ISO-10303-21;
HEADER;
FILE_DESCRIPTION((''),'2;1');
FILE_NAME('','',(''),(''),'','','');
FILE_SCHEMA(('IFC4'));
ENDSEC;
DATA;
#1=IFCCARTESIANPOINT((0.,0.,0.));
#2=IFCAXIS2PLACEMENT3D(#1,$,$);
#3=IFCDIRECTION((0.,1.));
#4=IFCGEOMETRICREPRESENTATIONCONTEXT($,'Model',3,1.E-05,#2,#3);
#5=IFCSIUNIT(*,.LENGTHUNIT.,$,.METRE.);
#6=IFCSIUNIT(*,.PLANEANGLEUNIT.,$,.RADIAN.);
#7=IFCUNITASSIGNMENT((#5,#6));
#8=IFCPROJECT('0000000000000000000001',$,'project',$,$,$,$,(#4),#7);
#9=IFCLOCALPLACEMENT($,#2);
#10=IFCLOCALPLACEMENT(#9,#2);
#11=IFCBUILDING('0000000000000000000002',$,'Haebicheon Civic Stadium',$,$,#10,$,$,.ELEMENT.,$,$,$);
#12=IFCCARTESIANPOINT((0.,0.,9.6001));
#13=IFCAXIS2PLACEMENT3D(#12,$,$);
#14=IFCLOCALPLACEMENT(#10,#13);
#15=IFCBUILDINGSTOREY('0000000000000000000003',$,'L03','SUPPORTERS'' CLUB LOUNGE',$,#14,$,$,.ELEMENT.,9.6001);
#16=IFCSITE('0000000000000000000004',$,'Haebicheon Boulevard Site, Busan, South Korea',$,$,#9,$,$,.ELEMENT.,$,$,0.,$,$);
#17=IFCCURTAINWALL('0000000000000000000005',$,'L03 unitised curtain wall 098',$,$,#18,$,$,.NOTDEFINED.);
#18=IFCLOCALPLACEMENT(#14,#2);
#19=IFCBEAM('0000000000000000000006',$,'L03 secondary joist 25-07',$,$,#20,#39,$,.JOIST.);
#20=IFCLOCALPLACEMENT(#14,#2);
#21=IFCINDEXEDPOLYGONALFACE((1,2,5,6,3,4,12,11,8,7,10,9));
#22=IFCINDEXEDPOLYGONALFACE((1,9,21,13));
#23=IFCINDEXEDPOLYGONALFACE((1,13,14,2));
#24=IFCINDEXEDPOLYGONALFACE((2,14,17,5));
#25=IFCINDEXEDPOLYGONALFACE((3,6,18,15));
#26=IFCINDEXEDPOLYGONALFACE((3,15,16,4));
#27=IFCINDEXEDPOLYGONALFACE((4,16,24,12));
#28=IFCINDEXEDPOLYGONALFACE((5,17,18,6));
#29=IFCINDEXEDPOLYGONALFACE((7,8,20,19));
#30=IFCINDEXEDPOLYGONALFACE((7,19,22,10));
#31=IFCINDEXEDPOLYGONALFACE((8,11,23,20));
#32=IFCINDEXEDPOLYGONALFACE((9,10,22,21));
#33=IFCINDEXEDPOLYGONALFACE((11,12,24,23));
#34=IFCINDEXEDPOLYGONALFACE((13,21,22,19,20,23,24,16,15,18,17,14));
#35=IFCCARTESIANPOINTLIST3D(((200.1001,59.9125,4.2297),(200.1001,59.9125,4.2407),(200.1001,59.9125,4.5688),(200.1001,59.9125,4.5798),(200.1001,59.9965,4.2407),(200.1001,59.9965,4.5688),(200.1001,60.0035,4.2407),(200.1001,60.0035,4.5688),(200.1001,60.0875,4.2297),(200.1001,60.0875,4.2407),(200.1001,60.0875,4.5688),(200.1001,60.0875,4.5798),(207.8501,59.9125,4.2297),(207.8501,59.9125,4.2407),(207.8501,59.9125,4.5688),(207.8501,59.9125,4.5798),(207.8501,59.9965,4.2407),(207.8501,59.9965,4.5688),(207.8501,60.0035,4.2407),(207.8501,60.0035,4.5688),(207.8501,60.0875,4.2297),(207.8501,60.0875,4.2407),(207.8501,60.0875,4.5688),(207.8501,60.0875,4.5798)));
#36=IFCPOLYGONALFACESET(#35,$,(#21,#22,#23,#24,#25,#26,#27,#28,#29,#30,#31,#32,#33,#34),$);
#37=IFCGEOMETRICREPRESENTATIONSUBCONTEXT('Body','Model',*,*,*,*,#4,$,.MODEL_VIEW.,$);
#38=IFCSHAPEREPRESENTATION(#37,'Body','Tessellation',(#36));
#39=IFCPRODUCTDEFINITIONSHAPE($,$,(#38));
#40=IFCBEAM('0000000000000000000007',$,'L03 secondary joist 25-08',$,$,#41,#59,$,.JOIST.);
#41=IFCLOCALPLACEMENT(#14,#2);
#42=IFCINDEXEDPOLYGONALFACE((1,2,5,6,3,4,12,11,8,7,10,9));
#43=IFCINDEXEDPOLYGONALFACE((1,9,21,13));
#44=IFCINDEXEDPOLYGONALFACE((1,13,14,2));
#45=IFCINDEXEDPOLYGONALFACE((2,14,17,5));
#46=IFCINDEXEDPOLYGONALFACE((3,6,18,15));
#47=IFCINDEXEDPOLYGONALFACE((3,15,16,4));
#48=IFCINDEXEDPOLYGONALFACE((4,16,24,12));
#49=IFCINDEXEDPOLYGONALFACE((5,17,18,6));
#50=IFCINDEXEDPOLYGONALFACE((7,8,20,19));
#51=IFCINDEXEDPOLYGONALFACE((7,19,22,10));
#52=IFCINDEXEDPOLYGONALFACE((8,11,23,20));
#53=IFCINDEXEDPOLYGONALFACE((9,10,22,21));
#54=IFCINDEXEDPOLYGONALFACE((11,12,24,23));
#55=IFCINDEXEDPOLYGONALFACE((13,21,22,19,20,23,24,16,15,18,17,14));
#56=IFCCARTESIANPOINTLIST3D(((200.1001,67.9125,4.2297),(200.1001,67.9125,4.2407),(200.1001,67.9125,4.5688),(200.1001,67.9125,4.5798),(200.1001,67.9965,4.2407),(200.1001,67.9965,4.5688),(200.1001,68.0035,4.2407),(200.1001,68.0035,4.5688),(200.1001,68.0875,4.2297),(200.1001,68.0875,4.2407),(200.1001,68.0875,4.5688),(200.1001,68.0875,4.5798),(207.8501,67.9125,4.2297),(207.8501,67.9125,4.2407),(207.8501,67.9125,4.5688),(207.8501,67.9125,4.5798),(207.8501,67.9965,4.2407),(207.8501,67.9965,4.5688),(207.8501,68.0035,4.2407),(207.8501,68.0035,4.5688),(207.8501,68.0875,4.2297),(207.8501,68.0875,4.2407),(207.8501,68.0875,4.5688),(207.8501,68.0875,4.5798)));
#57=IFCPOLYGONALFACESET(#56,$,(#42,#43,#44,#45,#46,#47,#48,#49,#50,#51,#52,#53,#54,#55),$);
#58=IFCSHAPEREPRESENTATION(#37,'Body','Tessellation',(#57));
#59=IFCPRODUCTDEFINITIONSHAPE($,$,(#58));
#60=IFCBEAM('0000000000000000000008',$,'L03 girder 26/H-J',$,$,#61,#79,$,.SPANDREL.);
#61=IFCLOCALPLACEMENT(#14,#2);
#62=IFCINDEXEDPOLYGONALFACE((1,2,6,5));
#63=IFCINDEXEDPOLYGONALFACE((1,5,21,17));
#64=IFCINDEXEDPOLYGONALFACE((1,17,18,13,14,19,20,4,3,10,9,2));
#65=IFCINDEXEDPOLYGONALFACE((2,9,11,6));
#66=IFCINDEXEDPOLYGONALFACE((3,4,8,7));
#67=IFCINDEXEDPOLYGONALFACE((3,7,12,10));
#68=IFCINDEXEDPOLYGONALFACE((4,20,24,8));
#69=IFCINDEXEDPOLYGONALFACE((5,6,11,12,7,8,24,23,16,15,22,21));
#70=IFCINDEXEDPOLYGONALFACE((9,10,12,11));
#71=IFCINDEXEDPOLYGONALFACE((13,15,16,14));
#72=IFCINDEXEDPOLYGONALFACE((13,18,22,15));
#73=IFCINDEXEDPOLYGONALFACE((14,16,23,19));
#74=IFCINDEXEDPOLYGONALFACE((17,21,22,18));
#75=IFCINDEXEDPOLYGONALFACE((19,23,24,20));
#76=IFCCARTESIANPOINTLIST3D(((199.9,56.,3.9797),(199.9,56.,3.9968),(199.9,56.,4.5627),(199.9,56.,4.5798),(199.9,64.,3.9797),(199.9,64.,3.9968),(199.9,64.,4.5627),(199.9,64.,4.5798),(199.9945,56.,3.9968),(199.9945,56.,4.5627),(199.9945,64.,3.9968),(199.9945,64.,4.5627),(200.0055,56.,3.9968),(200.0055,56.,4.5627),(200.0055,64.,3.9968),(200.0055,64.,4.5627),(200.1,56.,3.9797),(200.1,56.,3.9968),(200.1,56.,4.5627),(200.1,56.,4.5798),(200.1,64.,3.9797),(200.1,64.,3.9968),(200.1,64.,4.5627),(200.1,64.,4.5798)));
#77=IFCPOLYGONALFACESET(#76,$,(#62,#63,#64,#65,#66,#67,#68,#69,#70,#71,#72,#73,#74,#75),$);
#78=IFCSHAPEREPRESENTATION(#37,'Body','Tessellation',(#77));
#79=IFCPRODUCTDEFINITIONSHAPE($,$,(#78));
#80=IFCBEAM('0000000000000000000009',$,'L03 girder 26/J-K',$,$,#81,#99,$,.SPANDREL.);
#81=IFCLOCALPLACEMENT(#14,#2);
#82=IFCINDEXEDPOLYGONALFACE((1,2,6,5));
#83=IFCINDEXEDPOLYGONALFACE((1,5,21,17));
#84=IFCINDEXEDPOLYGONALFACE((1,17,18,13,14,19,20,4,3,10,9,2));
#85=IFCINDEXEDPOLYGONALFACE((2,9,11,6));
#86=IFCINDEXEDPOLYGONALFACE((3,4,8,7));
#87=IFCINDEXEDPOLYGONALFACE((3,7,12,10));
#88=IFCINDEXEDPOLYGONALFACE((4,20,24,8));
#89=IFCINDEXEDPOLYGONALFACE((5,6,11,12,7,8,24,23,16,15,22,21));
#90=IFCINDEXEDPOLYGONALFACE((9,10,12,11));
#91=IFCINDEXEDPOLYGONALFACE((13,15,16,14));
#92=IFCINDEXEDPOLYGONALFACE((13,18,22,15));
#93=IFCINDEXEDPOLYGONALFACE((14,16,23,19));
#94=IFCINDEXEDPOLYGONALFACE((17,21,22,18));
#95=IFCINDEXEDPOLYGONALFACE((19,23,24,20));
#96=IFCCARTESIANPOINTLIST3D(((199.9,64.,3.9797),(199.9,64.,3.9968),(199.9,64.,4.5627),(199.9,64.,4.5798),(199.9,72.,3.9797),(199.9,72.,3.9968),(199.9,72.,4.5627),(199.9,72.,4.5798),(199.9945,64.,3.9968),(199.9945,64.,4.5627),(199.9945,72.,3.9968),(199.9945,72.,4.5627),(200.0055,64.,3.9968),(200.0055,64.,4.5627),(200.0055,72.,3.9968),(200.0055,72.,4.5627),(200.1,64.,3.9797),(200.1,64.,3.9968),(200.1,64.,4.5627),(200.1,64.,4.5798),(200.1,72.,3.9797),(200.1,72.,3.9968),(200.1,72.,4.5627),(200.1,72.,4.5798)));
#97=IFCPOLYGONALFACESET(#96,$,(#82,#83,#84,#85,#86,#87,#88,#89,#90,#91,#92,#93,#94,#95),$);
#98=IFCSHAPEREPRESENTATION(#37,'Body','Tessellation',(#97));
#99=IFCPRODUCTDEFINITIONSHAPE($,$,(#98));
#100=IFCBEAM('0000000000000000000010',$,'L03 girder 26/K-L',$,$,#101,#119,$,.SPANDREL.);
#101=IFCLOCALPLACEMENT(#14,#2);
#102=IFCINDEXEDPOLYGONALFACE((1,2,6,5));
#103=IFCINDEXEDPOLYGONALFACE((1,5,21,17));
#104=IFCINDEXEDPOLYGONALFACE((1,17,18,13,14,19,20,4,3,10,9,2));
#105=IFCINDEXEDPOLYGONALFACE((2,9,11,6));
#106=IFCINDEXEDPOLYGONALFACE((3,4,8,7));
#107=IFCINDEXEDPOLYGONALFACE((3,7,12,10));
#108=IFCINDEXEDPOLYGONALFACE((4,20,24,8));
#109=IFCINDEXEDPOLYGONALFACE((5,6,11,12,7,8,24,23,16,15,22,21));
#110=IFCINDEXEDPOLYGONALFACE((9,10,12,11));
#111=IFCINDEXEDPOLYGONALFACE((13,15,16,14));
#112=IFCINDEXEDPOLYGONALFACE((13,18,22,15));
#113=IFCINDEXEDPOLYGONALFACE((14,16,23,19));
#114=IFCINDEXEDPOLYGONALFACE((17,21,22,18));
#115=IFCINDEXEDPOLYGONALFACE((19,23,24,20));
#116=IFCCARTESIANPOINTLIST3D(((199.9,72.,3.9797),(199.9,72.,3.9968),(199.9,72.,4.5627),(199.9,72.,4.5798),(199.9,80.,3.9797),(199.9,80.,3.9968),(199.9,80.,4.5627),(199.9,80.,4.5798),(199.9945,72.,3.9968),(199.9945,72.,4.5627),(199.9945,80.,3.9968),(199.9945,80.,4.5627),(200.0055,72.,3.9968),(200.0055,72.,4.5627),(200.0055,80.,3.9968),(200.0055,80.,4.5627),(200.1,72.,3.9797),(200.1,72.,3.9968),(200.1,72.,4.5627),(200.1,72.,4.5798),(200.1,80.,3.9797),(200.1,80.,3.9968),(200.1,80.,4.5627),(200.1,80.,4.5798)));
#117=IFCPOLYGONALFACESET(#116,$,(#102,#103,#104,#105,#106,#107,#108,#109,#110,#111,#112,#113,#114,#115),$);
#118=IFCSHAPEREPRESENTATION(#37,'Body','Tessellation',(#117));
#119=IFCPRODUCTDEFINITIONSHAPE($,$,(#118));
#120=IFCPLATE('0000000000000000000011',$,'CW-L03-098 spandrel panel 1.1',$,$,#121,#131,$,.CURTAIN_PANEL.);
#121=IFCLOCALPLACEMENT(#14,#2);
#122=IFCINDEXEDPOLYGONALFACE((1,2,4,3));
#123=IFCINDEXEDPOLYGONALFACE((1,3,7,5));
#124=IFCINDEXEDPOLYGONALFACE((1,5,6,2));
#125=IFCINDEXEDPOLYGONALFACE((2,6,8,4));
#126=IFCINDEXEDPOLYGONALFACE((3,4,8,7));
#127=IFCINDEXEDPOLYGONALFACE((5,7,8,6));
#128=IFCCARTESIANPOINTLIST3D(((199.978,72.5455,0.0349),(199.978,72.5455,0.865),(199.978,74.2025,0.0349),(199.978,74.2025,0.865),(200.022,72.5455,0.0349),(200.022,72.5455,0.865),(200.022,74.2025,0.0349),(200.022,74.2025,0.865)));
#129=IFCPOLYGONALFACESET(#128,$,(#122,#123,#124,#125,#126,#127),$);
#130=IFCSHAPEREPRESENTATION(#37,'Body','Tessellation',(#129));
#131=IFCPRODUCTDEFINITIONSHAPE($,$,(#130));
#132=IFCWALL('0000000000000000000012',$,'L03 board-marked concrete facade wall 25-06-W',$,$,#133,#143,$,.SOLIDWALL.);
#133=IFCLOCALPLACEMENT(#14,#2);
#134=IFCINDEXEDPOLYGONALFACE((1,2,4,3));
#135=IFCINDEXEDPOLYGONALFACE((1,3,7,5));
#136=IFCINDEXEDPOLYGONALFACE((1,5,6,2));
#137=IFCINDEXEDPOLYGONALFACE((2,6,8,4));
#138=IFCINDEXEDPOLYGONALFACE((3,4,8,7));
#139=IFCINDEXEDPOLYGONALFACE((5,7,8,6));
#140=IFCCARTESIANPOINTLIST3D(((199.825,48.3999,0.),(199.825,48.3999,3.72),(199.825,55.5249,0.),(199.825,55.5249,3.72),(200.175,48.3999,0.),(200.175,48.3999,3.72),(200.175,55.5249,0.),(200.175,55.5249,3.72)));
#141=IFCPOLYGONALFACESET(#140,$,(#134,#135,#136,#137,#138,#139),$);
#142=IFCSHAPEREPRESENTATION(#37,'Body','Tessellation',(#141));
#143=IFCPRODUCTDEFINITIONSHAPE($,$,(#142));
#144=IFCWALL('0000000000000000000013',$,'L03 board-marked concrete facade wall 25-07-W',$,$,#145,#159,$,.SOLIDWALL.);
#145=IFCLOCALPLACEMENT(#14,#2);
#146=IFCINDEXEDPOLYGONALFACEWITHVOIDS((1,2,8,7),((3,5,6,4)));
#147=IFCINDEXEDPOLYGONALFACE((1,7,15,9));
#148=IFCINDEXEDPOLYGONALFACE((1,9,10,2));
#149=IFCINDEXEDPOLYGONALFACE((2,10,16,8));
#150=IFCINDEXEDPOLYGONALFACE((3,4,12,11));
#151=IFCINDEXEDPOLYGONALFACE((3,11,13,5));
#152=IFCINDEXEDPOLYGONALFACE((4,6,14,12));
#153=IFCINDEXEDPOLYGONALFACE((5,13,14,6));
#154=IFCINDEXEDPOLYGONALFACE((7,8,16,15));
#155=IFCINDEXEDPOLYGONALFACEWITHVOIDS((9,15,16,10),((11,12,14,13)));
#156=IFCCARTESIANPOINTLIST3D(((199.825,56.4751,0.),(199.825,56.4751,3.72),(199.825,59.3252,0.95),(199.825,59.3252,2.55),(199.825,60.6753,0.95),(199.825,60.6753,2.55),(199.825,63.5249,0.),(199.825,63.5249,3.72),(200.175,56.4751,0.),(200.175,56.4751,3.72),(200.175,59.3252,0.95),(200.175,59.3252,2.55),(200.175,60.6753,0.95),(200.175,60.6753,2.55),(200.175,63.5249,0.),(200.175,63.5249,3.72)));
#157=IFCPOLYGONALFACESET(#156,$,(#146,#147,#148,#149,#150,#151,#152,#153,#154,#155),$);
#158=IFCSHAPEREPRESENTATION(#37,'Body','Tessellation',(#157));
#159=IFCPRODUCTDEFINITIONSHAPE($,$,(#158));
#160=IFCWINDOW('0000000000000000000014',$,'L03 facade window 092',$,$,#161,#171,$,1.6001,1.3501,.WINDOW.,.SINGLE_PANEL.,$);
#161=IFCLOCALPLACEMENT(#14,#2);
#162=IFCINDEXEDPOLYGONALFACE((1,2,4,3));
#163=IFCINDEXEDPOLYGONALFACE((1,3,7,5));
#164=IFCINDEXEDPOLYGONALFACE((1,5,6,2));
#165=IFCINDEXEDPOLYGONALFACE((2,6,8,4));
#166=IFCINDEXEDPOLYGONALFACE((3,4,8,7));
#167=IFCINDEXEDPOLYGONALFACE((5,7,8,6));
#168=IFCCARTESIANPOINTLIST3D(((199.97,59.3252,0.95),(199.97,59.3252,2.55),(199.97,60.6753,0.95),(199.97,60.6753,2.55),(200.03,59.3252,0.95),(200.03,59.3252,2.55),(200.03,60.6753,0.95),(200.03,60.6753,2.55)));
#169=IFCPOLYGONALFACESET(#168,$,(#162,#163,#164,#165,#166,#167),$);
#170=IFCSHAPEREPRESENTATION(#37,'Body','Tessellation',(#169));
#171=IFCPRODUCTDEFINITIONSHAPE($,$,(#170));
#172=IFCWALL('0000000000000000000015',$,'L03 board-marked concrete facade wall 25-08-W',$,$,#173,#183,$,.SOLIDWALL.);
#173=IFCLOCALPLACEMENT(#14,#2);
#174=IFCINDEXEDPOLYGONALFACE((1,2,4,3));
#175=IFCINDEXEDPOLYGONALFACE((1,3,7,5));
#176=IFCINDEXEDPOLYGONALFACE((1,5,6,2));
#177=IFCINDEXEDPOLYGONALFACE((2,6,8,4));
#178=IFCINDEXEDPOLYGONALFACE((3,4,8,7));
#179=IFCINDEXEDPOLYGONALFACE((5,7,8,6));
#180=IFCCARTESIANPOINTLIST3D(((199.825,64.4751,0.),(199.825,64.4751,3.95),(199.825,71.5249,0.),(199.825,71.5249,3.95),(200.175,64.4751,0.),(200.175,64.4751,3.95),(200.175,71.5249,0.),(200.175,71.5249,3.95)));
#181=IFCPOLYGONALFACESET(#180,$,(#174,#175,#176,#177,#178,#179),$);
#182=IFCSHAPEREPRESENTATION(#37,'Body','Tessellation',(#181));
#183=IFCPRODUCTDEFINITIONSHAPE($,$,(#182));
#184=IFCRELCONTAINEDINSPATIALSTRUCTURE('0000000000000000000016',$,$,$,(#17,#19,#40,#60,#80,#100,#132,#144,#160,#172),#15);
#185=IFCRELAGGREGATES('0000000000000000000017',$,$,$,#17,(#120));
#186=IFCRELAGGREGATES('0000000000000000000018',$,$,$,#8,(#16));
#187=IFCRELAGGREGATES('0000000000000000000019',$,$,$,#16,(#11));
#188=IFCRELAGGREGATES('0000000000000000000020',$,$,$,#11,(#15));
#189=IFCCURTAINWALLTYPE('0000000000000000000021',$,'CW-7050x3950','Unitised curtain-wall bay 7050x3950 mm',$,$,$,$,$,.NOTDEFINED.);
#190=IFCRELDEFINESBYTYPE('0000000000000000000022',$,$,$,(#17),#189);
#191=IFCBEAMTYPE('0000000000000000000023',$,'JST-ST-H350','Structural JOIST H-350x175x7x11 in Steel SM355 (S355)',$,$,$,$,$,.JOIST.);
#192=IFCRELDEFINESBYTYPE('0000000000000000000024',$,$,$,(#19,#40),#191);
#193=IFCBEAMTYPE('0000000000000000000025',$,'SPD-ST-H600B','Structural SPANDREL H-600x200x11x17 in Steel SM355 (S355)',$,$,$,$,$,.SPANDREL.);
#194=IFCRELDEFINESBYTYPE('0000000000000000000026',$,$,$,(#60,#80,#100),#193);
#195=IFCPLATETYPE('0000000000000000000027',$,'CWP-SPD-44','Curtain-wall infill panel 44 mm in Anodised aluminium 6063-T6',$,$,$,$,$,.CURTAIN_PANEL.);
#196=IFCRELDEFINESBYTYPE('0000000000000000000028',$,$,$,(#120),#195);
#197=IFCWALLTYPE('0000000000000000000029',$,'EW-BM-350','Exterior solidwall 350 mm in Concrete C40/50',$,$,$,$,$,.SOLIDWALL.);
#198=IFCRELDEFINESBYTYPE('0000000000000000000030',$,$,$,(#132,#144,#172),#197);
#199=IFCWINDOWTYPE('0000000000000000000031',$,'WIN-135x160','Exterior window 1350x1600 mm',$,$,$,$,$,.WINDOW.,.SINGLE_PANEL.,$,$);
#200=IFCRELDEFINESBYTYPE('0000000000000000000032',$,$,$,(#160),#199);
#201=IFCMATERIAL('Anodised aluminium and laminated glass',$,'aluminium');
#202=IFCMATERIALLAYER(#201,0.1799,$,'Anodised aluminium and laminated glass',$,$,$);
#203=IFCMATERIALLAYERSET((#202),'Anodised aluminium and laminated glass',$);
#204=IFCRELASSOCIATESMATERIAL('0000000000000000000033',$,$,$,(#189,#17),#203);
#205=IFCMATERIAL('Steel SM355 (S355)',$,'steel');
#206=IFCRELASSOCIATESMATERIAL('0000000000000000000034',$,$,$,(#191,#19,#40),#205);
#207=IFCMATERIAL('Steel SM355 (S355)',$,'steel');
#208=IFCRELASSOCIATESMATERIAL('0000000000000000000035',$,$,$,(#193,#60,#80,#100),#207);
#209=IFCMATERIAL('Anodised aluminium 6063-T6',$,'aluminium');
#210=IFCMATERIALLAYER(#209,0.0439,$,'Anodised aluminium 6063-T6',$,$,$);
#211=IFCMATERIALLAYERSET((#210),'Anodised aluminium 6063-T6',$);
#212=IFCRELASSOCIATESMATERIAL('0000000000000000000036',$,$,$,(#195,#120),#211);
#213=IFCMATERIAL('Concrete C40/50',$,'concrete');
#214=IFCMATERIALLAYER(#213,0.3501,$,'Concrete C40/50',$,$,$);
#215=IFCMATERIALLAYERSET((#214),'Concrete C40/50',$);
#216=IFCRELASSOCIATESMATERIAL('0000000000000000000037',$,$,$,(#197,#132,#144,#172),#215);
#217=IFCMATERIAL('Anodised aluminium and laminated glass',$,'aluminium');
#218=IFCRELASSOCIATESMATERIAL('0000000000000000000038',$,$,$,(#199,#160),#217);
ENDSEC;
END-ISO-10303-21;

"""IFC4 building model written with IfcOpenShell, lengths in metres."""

from ifc_helpers import new_model, si_unit, direction, frame, frame_2d, origin, origin_2d, place, context, subcontext, project, spatial, rectangle, i_section, extrude, material, layer, layer_set, material_profile, profile_set, type_object, element, fill, aggregate, save


model = new_model("IFC4")

# Units and contexts
model_context = context("Model", 3, precision=1e-05, world=origin(), true_north=direction((0.0, 1.0)))
body_context = subcontext(model_context, "Body", "Model", "MODEL_VIEW")
ifc_project = project(units=[si_unit("LENGTHUNIT", "METRE"), si_unit("PLANEANGLEUNIT", "RADIAN")], contexts=[model_context])

# Site, building, storey
site_placement = place(None, origin())
site = spatial("IfcSite", under=ifc_project, at=site_placement, Name="Haebicheon Boulevard Site, Busan, South Korea", CompositionType="ELEMENT", RefElevation=0.0)
building_placement = place(site_placement, origin())
building = spatial("IfcBuilding", under=site, at=building_placement, Name="Haebicheon Civic Stadium", CompositionType="ELEMENT")
storey_placement = place(building_placement, frame((0.0, 0.0, 9.6001)))
storey = spatial("IfcBuildingStorey", under=building, at=storey_placement, Name="L03", Description="SUPPORTERS' CLUB LOUNGE", CompositionType="ELEMENT", Elevation=9.6001)

# Curtain wall
ifc_material_1 = material(Name="Anodised aluminium and laminated glass", Category="aluminium")
ifc_layer_1 = layer(ifc_material_1, 0.1799, Name="Anodised aluminium and laminated glass")
ifc_layer_set_1 = layer_set([ifc_layer_1], Name="Anodised aluminium and laminated glass")
curtain_wall_type = type_object("IfcCurtainWallType", Name="CW-7050x3950", Description="Unitised curtain-wall bay 7050x3950 mm", PredefinedType="NOTDEFINED", material=ifc_layer_set_1)
curtain_wall_placement = place(storey_placement, origin())
curtain_wall = element("IfcCurtainWall", 1, at=curtain_wall_placement, inside=storey, type_object=curtain_wall_type, material=ifc_layer_set_1, Name="L03 unitised curtain wall 098", PredefinedType="NOTDEFINED")

# Beams
ifc_material_2 = material(Name="Steel SM355 (S355)", Category="steel")
ifc_material_profile_1 = material_profile(ifc_material_2, i_section(OverallWidth=0.175, OverallDepth=0.3501, WebThickness=0.0071, FlangeThickness=0.011, at=origin_2d()), Name="H-350x175x7x11")
ifc_profile_set_1 = profile_set([ifc_material_profile_1], Name="Steel SM355 (S355)")
beam_type_1 = type_object("IfcBeamType", Name="JST-ST-H350", Description="Structural JOIST H-350x175x7x11 in Steel SM355 (S355)", PredefinedType="JOIST", material=ifc_profile_set_1)
for number, where, z_axis, x_axis, name in (
    (2, (200.1001, 60.0, 4.4048), (1.0, 0.0, 0.0), (0.0, 1.0, 0.0), "L03 secondary joist 25-07"),
    (3, (200.1001, 68.0, 4.4048), (1.0, 0.0, 0.0), (0.0, 1.0, 0.0), "L03 secondary joist 25-08"),
):
    element("IfcBeam", number, at=place(storey_placement, frame(where, z_axis=z_axis, x_axis=x_axis)), inside=storey, type_object=beam_type_1, material=ifc_profile_set_1, Name=name, PredefinedType="JOIST", context=body_context, shape_type="SweptSolid", body=[
        extrude(i_section(OverallWidth=0.175, OverallDepth=0.3501, WebThickness=0.0071, FlangeThickness=0.011, at=origin_2d()), origin(), (0.0, 0.0, 1.0), 7.75),
    ])
ifc_material_3 = material(Name="Steel SM355 (S355)", Category="steel")
ifc_material_profile_2 = material_profile(ifc_material_3, i_section(OverallWidth=0.2, OverallDepth=0.6001, WebThickness=0.011, FlangeThickness=0.0171, at=origin_2d()), Name="H-600x200x11x17")
ifc_profile_set_2 = profile_set([ifc_material_profile_2], Name="Steel SM355 (S355)")
beam_type_2 = type_object("IfcBeamType", Name="SPD-ST-H600B", Description="Structural SPANDREL H-600x200x11x17 in Steel SM355 (S355)", PredefinedType="SPANDREL", material=ifc_profile_set_2)
for number, where, z_axis, x_axis, name in (
    (4, (200.0, 56.0, 4.2798), (0.0, 1.0, 0.0), (-1.0, 0.0, 0.0), "L03 girder 26/H-J"),
    (5, (200.0, 64.0, 4.2798), (0.0, 1.0, 0.0), (-1.0, 0.0, 0.0), "L03 girder 26/J-K"),
    (6, (200.0, 72.0, 4.2798), (0.0, 1.0, 0.0), (-1.0, 0.0, 0.0), "L03 girder 26/K-L"),
):
    element("IfcBeam", number, at=place(storey_placement, frame(where, z_axis=z_axis, x_axis=x_axis)), inside=storey, type_object=beam_type_2, material=ifc_profile_set_2, Name=name, PredefinedType="SPANDREL", context=body_context, shape_type="SweptSolid", body=[
        extrude(i_section(OverallWidth=0.2, OverallDepth=0.6001, WebThickness=0.011, FlangeThickness=0.0171, at=origin_2d()), origin(), (0.0, 0.0, 1.0), 8.0),
    ])

# Plate
ifc_material_4 = material(Name="Anodised aluminium 6063-T6", Category="aluminium")
ifc_layer_2 = layer(ifc_material_4, 0.0439, Name="Anodised aluminium 6063-T6")
ifc_layer_set_2 = layer_set([ifc_layer_2], Name="Anodised aluminium 6063-T6")
plate_type = type_object("IfcPlateType", Name="CWP-SPD-44", Description="Curtain-wall infill panel 44 mm in Anodised aluminium 6063-T6", PredefinedType="CURTAIN_PANEL", material=ifc_layer_set_2)
plate_placement = place(storey_placement, frame((200.0, 73.374, 0.0349), z_axis=(0.0, 0.0, 1.0), x_axis=(0.0, 1.0, 0.0)))
plate = element("IfcPlate", 7, at=plate_placement, type_object=plate_type, material=ifc_layer_set_2, Name="CW-L03-098 spandrel panel 1.1", PredefinedType="CURTAIN_PANEL", context=body_context, shape_type="SweptSolid", body=[
    extrude(rectangle(XDim=1.657, YDim=0.0439, at=origin_2d()), origin(), (0.0, 0.0, 1.0), 0.8301),
])
aggregate(curtain_wall, [plate])

# Wall
ifc_material_5 = material(Name="Concrete C40/50", Category="concrete")
ifc_layer_3 = layer(ifc_material_5, 0.3501, Name="Concrete C40/50")
ifc_layer_set_3 = layer_set([ifc_layer_3], Name="Concrete C40/50")
wall_type_1 = type_object("IfcWallType", Name="EW-BM-350", Description="Exterior solidwall 350 mm in Concrete C40/50", PredefinedType="SOLIDWALL", material=ifc_layer_set_3)
wall_1_placement = place(storey_placement, frame((200.0, 48.3999, 0.0), z_axis=(0.0, 0.0, 1.0), x_axis=(0.0, 1.0, 0.0)))
element("IfcWall", 8, at=wall_1_placement, inside=storey, type_object=wall_type_1, material=ifc_layer_set_3, Name="L03 board-marked concrete facade wall 25-06-W", PredefinedType="SOLIDWALL", context=body_context, shape_type="SweptSolid", body=[
    extrude(rectangle(XDim=7.125, YDim=0.3501, at=frame_2d((3.5625, 0.0))), origin(), (0.0, 0.0, 1.0), 3.72),
])

# Wall, opening, window
wall_2_placement = place(storey_placement, frame((200.0, 56.4751, 0.0), z_axis=(0.0, 0.0, 1.0), x_axis=(0.0, 1.0, 0.0)))
wall_2 = element("IfcWall", 9, at=wall_2_placement, inside=storey, type_object=wall_type_1, material=ifc_layer_set_3, Name="L03 board-marked concrete facade wall 25-07-W", PredefinedType="SOLIDWALL", context=body_context, shape_type="SweptSolid", body=[
    extrude(rectangle(XDim=7.0498, YDim=0.3501, at=frame_2d((3.5249, 0.0))), origin(), (0.0, 0.0, 1.0), 3.72),
])
opening_1_placement = place(wall_2_placement, frame((2.8501, 0.0, 0.95)))
opening_1 = element("IfcOpeningElement", 10, at=opening_1_placement, cuts=wall_2, PredefinedType="OPENING", context=body_context, shape_type="SweptSolid", body=[
    extrude(rectangle(XDim=1.3501, YDim=1.6001, at=frame_2d((0.675, 0.8))), frame((0.0, 0.1851, 0.0), z_axis=(0.0, -1.0, 0.0), x_axis=(1.0, 0.0, 0.0)), (0.0, 0.0, 1.0), 0.3701),
])
ifc_material_6 = material(Name="Anodised aluminium and laminated glass", Category="aluminium")
window_type = type_object("IfcWindowType", Name="WIN-135x160", Description="Exterior window 1350x1600 mm", PartitioningType="SINGLE_PANEL", PredefinedType="WINDOW", material=ifc_material_6)
window_placement = place(opening_1_placement, origin())
window = element("IfcWindow", 11, at=window_placement, inside=storey, type_object=window_type, material=ifc_material_6, Name="L03 facade window 092", OverallHeight=1.6001, OverallWidth=1.3501, PartitioningType="SINGLE_PANEL", PredefinedType="WINDOW", context=body_context, shape_type="SweptSolid", body=[
    extrude(rectangle(XDim=1.3501, YDim=1.6001, at=frame_2d((0.675, 0.8))), frame((0.0, 0.03, 0.0), z_axis=(0.0, -1.0, 0.0), x_axis=(1.0, 0.0, 0.0)), (0.0, 0.0, 1.0), 0.0601),
])
fill(opening_1, window)

# Wall
wall_3_placement = place(storey_placement, frame((200.0, 64.4751, 0.0), z_axis=(0.0, 0.0, 1.0), x_axis=(0.0, 1.0, 0.0)))
element("IfcWall", 12, at=wall_3_placement, inside=storey, type_object=wall_type_1, material=ifc_layer_set_3, Name="L03 board-marked concrete facade wall 25-08-W", PredefinedType="SOLIDWALL", context=body_context, shape_type="SweptSolid", body=[
    extrude(rectangle(XDim=7.0498, YDim=0.3501, at=frame_2d((3.5249, 0.0))), origin(), (0.0, 0.0, 1.0), 3.95),
])

save(model, "model.ifc")
